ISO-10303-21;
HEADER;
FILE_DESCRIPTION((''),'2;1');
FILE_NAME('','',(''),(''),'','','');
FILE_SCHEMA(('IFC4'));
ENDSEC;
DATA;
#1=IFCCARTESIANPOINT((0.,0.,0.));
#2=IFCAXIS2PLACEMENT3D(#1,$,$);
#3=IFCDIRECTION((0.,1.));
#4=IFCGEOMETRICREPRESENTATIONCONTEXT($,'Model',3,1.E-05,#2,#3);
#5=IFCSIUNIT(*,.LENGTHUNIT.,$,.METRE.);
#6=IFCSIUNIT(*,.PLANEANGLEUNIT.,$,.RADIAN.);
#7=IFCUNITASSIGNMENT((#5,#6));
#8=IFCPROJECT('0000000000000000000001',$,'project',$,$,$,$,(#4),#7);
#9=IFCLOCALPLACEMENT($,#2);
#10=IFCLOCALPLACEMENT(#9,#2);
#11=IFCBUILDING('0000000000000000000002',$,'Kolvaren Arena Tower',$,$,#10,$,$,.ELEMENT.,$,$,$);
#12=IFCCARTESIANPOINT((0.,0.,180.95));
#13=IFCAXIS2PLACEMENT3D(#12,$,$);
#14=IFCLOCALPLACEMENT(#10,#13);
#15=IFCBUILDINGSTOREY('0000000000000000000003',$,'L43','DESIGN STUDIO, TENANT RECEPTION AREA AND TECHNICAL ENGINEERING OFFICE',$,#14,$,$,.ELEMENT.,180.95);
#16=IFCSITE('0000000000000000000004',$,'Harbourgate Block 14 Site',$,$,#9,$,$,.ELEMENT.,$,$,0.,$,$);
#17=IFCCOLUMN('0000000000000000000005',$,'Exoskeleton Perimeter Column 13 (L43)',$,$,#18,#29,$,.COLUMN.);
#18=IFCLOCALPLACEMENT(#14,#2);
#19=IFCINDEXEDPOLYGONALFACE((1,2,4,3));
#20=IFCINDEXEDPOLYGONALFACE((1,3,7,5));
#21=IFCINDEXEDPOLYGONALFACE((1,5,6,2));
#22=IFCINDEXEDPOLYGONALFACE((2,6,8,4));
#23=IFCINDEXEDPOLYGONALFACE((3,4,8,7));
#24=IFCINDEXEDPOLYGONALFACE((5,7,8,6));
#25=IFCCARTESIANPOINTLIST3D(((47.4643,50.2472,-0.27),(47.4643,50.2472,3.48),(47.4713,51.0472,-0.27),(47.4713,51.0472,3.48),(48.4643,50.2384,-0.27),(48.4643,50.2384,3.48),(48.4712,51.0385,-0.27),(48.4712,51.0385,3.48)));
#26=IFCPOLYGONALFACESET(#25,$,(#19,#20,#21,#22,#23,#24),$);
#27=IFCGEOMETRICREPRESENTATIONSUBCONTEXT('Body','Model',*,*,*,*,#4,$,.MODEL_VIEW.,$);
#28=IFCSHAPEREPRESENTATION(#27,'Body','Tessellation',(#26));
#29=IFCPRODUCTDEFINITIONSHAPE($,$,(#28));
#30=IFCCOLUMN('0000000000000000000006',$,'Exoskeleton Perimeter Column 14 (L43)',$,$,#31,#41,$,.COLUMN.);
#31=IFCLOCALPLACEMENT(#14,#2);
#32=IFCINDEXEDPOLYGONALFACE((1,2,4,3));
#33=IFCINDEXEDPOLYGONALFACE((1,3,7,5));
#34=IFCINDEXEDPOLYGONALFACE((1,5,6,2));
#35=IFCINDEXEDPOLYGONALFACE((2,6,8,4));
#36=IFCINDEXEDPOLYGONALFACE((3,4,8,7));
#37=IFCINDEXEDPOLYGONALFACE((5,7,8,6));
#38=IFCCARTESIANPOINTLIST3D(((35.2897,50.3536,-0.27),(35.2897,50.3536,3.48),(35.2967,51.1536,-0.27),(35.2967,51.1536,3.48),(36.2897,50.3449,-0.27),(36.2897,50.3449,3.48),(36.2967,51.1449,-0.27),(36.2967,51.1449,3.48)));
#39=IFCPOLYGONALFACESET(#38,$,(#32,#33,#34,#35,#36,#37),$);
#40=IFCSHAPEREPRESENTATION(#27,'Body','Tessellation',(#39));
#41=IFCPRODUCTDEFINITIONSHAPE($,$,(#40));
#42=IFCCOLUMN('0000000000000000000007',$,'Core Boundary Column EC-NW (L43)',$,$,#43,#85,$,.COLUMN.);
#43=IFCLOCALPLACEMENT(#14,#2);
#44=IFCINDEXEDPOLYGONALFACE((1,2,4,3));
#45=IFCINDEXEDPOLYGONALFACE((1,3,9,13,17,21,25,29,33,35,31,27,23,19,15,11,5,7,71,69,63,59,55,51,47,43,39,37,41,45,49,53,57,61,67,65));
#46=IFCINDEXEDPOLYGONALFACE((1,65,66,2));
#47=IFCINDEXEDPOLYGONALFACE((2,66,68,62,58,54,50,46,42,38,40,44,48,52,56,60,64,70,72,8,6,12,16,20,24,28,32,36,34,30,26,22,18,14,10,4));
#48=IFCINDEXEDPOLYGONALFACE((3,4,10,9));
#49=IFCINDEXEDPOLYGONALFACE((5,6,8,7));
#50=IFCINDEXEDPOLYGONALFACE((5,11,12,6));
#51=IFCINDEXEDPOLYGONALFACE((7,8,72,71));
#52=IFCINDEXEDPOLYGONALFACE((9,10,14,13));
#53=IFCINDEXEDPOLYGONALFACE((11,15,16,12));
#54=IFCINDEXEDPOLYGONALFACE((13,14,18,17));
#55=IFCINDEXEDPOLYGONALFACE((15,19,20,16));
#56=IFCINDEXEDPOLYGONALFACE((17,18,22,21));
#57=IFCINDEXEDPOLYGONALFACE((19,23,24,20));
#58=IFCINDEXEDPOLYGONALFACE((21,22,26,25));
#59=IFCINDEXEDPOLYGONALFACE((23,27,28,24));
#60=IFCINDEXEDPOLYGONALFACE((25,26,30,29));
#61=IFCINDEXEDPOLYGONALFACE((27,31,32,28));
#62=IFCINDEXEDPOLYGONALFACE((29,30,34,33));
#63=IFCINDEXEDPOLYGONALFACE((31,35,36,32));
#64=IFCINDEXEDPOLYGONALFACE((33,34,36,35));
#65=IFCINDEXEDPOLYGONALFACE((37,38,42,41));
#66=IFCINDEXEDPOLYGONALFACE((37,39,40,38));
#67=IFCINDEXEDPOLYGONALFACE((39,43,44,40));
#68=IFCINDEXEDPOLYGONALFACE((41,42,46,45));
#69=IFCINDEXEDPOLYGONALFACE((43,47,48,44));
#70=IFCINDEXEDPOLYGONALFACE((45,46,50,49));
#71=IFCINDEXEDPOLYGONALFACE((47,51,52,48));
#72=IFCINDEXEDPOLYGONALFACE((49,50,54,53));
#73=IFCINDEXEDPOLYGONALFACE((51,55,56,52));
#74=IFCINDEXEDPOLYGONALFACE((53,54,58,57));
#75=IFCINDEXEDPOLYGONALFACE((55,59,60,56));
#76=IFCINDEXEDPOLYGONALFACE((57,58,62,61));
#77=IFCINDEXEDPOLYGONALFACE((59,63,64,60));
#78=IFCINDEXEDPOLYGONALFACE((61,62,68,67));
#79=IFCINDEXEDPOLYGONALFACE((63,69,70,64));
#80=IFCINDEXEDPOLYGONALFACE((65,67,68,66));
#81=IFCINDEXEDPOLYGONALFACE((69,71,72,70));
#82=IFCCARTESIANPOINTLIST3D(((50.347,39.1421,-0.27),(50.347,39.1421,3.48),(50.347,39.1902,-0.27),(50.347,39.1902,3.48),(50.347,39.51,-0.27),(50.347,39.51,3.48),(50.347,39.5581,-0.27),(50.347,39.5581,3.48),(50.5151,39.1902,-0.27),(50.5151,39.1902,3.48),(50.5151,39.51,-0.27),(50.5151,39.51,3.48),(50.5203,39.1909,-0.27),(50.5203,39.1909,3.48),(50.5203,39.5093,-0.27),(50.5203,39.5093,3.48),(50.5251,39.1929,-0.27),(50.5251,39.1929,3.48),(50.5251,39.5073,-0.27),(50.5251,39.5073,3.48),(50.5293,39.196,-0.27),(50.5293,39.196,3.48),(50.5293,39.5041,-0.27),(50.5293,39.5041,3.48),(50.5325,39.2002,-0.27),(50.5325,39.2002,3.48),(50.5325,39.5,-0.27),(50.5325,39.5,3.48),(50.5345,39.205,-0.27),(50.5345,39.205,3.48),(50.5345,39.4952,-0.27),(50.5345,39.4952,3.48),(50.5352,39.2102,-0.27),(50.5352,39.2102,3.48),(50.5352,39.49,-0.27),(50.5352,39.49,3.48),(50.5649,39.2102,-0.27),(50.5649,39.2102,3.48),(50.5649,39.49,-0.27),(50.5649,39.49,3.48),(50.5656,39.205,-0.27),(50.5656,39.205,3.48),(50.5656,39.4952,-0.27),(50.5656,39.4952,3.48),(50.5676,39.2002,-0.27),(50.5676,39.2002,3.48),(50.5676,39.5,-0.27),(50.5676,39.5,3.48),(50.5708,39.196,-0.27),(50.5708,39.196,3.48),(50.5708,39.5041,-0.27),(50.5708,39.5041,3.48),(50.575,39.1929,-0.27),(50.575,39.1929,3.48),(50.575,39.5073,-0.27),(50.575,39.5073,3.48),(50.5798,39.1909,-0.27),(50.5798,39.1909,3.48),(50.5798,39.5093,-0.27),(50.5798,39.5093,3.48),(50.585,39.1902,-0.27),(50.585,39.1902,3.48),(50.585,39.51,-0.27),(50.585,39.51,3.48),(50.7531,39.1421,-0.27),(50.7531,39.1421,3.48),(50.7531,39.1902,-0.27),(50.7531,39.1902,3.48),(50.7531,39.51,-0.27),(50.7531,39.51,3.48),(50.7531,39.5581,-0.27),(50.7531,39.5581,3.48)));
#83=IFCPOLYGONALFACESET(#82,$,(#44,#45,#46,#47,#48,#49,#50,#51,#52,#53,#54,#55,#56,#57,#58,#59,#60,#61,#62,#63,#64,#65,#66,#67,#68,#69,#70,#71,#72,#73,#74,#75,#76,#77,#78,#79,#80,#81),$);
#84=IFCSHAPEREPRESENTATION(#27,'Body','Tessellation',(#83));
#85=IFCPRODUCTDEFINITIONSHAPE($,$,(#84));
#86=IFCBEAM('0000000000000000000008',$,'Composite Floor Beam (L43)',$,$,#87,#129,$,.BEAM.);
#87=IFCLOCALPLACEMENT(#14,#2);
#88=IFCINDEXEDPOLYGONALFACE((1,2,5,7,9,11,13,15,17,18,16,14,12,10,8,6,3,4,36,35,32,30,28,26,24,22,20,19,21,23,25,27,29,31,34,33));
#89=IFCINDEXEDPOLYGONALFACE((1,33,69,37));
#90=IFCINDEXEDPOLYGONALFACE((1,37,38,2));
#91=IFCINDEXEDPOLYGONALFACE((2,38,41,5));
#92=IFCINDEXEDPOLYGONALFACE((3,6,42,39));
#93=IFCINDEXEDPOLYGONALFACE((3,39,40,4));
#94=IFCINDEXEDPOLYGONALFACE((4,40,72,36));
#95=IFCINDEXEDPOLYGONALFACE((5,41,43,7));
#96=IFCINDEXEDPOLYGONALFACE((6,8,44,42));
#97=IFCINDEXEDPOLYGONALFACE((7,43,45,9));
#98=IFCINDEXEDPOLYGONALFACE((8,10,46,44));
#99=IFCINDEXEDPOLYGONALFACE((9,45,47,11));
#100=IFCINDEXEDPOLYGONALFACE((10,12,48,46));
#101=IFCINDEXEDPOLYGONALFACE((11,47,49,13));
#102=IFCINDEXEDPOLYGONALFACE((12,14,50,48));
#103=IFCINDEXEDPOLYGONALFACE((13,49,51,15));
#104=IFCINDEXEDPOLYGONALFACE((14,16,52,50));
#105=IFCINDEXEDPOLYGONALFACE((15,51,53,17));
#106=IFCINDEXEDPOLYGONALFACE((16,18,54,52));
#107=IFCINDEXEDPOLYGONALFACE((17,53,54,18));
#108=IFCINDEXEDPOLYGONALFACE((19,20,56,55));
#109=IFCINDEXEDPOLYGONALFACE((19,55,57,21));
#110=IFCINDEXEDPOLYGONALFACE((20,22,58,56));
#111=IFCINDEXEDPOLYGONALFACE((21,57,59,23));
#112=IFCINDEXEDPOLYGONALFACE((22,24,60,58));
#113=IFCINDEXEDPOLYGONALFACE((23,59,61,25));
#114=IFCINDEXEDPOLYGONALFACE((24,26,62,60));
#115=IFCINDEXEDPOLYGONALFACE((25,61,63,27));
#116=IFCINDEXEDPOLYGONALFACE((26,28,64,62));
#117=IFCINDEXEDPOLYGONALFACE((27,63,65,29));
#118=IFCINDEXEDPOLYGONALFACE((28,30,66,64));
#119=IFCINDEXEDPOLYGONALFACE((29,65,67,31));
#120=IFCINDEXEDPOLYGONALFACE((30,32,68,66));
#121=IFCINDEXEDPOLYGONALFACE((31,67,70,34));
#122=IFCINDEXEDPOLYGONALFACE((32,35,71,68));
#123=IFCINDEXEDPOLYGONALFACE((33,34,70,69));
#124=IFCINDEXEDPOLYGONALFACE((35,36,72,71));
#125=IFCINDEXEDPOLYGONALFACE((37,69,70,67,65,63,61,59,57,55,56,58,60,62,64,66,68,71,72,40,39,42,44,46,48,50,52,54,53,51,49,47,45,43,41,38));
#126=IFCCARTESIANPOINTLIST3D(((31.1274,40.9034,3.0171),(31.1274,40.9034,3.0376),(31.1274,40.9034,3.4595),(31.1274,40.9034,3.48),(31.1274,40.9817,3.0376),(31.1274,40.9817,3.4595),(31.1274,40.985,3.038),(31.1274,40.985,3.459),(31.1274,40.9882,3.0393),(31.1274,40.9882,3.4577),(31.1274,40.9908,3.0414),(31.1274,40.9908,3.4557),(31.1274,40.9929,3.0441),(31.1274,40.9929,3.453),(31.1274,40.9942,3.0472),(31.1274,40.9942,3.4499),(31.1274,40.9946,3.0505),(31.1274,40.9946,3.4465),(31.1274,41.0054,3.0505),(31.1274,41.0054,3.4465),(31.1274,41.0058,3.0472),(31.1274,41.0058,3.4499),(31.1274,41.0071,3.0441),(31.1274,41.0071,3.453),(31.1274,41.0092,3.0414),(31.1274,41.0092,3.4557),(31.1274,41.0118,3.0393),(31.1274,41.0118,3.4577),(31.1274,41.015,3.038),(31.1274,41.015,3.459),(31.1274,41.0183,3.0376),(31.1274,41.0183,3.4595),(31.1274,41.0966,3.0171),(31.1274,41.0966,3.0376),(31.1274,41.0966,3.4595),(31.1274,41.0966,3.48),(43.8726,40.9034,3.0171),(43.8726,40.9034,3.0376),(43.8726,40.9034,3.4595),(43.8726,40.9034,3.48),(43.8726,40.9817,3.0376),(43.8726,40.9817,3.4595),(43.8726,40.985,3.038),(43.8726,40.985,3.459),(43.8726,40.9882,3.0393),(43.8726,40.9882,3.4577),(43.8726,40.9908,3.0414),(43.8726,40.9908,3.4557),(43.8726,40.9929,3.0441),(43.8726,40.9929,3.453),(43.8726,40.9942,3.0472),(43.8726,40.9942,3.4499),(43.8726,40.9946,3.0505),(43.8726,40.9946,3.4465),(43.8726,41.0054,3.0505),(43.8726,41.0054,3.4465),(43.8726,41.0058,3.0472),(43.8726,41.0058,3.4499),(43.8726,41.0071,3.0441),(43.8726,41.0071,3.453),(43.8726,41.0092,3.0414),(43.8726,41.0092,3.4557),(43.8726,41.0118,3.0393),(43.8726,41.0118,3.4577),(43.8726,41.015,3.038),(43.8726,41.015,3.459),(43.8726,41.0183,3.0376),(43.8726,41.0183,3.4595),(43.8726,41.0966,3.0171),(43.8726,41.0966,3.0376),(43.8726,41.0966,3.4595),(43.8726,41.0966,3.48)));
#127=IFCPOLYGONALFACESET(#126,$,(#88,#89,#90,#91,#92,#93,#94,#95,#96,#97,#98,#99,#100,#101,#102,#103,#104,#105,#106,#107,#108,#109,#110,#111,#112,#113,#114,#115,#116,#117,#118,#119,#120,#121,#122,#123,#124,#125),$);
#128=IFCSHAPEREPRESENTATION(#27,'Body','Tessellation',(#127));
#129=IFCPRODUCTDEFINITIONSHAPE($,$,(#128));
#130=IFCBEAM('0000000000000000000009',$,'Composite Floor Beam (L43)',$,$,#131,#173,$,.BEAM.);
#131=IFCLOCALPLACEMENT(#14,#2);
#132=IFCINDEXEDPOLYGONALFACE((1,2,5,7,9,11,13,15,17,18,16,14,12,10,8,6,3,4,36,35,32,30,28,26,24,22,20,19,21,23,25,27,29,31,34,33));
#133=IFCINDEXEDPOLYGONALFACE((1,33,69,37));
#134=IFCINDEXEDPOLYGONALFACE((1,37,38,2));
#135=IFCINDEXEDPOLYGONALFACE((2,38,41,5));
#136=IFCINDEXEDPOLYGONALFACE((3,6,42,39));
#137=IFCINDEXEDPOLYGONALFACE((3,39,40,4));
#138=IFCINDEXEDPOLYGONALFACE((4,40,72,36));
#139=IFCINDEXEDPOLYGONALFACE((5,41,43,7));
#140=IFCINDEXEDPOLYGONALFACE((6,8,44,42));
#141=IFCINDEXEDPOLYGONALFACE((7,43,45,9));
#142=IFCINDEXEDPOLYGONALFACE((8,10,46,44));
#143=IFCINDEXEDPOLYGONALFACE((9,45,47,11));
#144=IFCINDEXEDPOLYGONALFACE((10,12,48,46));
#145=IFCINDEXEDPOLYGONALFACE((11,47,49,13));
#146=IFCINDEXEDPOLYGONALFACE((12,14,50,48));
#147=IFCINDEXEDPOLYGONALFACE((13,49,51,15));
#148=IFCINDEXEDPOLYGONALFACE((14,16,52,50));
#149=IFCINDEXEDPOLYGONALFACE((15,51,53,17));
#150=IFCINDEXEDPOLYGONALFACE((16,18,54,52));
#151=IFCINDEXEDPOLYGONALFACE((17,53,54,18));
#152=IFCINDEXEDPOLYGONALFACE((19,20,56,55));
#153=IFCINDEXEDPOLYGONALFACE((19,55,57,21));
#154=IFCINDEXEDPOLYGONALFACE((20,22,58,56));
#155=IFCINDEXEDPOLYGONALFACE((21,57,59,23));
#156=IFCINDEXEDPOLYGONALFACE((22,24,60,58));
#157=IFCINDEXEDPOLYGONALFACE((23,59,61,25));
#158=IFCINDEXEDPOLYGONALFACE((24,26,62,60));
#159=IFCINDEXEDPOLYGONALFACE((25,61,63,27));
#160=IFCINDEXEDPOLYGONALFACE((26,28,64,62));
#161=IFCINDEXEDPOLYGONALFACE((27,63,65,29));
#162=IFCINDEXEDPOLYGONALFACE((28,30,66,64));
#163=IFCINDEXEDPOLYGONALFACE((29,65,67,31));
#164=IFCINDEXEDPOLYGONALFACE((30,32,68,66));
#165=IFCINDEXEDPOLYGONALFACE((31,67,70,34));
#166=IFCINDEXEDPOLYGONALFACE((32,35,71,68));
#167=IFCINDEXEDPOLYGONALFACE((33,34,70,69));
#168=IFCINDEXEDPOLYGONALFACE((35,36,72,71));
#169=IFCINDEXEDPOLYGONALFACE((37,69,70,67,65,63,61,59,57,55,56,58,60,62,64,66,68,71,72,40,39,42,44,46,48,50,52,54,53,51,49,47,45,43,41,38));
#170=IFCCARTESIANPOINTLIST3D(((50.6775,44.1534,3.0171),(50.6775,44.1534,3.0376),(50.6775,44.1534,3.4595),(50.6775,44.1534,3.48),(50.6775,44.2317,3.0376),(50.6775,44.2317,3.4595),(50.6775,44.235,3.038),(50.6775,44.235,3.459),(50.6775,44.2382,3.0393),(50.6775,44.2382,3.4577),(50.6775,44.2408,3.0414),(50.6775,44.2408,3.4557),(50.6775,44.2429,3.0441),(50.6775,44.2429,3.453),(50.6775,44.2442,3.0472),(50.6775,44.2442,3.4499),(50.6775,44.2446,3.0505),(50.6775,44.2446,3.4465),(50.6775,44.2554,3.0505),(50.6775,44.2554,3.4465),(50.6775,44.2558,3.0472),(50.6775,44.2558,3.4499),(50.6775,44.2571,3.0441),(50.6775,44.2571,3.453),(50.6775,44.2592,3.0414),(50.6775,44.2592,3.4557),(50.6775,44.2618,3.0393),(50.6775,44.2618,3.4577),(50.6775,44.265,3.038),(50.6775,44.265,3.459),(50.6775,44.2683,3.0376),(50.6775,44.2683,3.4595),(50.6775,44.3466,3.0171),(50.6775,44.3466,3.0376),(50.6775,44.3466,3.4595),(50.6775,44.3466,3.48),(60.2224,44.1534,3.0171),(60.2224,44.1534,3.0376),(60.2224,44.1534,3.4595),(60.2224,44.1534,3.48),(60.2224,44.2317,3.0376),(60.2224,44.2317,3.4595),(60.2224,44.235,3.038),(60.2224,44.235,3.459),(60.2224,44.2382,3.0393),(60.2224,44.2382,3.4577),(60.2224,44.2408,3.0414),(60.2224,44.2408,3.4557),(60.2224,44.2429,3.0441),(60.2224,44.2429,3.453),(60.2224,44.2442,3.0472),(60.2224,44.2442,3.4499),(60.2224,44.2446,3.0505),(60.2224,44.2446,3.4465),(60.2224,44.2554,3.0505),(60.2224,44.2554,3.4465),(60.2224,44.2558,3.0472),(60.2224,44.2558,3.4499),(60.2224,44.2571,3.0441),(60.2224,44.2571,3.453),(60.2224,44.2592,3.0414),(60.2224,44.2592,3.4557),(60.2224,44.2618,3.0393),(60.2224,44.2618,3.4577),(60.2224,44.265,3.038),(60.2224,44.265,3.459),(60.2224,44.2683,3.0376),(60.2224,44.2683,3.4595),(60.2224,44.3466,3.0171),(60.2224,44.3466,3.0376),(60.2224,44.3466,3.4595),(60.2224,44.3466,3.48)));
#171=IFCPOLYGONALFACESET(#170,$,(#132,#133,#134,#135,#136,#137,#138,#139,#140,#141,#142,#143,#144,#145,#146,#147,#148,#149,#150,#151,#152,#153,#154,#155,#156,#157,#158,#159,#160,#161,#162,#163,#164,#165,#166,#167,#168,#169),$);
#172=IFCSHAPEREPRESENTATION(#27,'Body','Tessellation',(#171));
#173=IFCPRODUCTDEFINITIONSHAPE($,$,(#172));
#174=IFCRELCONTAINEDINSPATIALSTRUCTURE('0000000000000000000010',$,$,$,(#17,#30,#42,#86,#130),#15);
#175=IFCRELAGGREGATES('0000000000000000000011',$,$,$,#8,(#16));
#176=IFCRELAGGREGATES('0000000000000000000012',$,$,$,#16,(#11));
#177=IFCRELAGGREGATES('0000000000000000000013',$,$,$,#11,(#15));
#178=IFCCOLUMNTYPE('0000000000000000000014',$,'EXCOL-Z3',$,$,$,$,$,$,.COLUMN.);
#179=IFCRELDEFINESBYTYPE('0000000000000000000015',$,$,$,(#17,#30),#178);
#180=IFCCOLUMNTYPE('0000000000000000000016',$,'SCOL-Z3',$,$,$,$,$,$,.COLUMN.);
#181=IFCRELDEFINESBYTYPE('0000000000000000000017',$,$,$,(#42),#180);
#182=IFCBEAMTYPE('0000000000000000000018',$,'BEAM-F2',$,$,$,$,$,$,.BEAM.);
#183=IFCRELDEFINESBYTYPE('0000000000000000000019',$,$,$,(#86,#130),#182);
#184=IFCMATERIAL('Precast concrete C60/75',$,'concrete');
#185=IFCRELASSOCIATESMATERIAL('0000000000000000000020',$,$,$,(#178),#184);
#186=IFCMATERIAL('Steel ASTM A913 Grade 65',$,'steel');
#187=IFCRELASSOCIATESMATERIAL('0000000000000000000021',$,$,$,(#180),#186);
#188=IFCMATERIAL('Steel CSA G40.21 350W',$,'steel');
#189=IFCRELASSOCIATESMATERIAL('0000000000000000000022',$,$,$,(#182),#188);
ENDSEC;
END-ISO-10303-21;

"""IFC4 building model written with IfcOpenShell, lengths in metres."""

from ifc_helpers import new_model, si_unit, direction, frame, origin, origin_2d, place, context, subcontext, project, spatial, rectangle, i_section, extrude, material, material_profile, profile_set, type_object, element, save


model = new_model("IFC4")

# Units and contexts
model_context = context("Model", 3, precision=1e-05, world=origin(), true_north=direction((0.0, 1.0)))
body_context = subcontext(model_context, "Body", "Model", "MODEL_VIEW")
ifc_project = project(units=[si_unit("LENGTHUNIT", "METRE"), si_unit("PLANEANGLEUNIT", "RADIAN")], contexts=[model_context])

# Site, building, storey
site_placement = place(None, origin())
site = spatial("IfcSite", under=ifc_project, at=site_placement, Name="Harbourgate Block 14 Site", CompositionType="ELEMENT", RefElevation=0.0)
building_placement = place(site_placement, origin())
building = spatial("IfcBuilding", under=site, at=building_placement, Name="Kolvaren Arena Tower", CompositionType="ELEMENT")
storey_placement = place(building_placement, frame((0.0, 0.0, 180.95)))
storey = spatial("IfcBuildingStorey", under=building, at=storey_placement, Name="L43", Description="DESIGN STUDIO, TENANT RECEPTION AREA AND TECHNICAL ENGINEERING OFFICE", CompositionType="ELEMENT", Elevation=180.95)

# Columns
ifc_material_1 = material(Name="Precast concrete C60/75", Category="concrete")
ifc_material_profile_1 = material_profile(ifc_material_1, rectangle(XDim=1.0, YDim=0.8, at=origin_2d()), Name="RC-1000x800")
ifc_profile_set_1 = profile_set([ifc_material_profile_1], Name="Precast concrete C60/75")
column_type_1 = type_object("IfcColumnType", Name="EXCOL-Z3", PredefinedType="COLUMN", material=ifc_profile_set_1)
for number, where, z_axis, x_axis, name in (
    (1, (47.9678, 50.6428, -0.27), (0.0, 0.0, 1.0), (0.999962, -0.008727, 0.0), "Exoskeleton Perimeter Column 13 (L43)"),
    (2, (35.7932, 50.7493, -0.27), (0.0, 0.0, 1.0), (0.999962, -0.008727, 0.0), "Exoskeleton Perimeter Column 14 (L43)"),
):
    element("IfcColumn", number, at=place(storey_placement, frame(where, z_axis=z_axis, x_axis=x_axis)), inside=storey, type_object=column_type_1, Name=name, PredefinedType="COLUMN", context=body_context, shape_type="SweptSolid", body=[
        extrude(rectangle(XDim=1.0, YDim=0.8, at=origin_2d()), origin(), (0.0, 0.0, 1.0), 3.75),
    ])
ifc_material_2 = material(Name="Steel ASTM A913 Grade 65", Category="steel")
ifc_material_profile_2 = material_profile(ifc_material_2, i_section(OverallWidth=0.406, OverallDepth=0.416, WebThickness=0.0298, FlangeThickness=0.0481, FilletRadius=0.02, at=origin_2d()), Name="W360x382")
ifc_profile_set_2 = profile_set([ifc_material_profile_2], Name="Steel ASTM A913 Grade 65")
column_type_2 = type_object("IfcColumnType", Name="SCOL-Z3", PredefinedType="COLUMN", material=ifc_profile_set_2)
column_placement = place(storey_placement, frame((50.55, 39.3501, -0.27), z_axis=(0.0, 0.0, 1.0), x_axis=(1.0, 0.0, 0.0)))
element("IfcColumn", 3, at=column_placement, inside=storey, type_object=column_type_2, Name="Core Boundary Column EC-NW (L43)", PredefinedType="COLUMN", context=body_context, shape_type="SweptSolid", body=[
    extrude(i_section(OverallWidth=0.406, OverallDepth=0.416, WebThickness=0.0298, FlangeThickness=0.0481, FilletRadius=0.02, at=origin_2d()), origin(), (0.0, 0.0, 1.0), 3.75),
])

# Beams
ifc_material_3 = material(Name="Steel CSA G40.21 350W", Category="steel")
ifc_material_profile_3 = material_profile(ifc_material_3, i_section(OverallWidth=0.1931, OverallDepth=0.4629, WebThickness=0.0107, FlangeThickness=0.0205, FilletRadius=0.0129, at=origin_2d()), Name="W460x113")
ifc_profile_set_3 = profile_set([ifc_material_profile_3], Name="Steel CSA G40.21 350W")
beam_type_1 = type_object("IfcBeamType", Name="BEAM-F2", PredefinedType="BEAM", material=ifc_profile_set_3)
beam_1_placement = place(storey_placement, frame((31.1274, 41.0, 3.2485), z_axis=(1.0, 0.0, 0.0), x_axis=(0.0, 1.0, 0.0)))
element("IfcBeam", 4, at=beam_1_placement, inside=storey, type_object=beam_type_1, Name="Composite Floor Beam (L43)", PredefinedType="BEAM", context=body_context, shape_type="SweptSolid", body=[
    extrude(i_section(OverallWidth=0.1931, OverallDepth=0.4629, WebThickness=0.0107, FlangeThickness=0.0205, FilletRadius=0.0129, at=origin_2d()), origin(), (0.0, 0.0, 1.0), 12.7451),
])
beam_2_placement = place(storey_placement, frame((50.6775, 44.25, 3.2485), z_axis=(1.0, 0.0, 0.0), x_axis=(0.0, 1.0, 0.0)))
element("IfcBeam", 5, at=beam_2_placement, inside=storey, type_object=beam_type_1, Name="Composite Floor Beam (L43)", PredefinedType="BEAM", context=body_context, shape_type="SweptSolid", body=[
    extrude(i_section(OverallWidth=0.1931, OverallDepth=0.4629, WebThickness=0.0107, FlangeThickness=0.0205, FilletRadius=0.0129, at=origin_2d()), origin(), (0.0, 0.0, 1.0), 9.5449),
])

save(model, "model.ifc")
